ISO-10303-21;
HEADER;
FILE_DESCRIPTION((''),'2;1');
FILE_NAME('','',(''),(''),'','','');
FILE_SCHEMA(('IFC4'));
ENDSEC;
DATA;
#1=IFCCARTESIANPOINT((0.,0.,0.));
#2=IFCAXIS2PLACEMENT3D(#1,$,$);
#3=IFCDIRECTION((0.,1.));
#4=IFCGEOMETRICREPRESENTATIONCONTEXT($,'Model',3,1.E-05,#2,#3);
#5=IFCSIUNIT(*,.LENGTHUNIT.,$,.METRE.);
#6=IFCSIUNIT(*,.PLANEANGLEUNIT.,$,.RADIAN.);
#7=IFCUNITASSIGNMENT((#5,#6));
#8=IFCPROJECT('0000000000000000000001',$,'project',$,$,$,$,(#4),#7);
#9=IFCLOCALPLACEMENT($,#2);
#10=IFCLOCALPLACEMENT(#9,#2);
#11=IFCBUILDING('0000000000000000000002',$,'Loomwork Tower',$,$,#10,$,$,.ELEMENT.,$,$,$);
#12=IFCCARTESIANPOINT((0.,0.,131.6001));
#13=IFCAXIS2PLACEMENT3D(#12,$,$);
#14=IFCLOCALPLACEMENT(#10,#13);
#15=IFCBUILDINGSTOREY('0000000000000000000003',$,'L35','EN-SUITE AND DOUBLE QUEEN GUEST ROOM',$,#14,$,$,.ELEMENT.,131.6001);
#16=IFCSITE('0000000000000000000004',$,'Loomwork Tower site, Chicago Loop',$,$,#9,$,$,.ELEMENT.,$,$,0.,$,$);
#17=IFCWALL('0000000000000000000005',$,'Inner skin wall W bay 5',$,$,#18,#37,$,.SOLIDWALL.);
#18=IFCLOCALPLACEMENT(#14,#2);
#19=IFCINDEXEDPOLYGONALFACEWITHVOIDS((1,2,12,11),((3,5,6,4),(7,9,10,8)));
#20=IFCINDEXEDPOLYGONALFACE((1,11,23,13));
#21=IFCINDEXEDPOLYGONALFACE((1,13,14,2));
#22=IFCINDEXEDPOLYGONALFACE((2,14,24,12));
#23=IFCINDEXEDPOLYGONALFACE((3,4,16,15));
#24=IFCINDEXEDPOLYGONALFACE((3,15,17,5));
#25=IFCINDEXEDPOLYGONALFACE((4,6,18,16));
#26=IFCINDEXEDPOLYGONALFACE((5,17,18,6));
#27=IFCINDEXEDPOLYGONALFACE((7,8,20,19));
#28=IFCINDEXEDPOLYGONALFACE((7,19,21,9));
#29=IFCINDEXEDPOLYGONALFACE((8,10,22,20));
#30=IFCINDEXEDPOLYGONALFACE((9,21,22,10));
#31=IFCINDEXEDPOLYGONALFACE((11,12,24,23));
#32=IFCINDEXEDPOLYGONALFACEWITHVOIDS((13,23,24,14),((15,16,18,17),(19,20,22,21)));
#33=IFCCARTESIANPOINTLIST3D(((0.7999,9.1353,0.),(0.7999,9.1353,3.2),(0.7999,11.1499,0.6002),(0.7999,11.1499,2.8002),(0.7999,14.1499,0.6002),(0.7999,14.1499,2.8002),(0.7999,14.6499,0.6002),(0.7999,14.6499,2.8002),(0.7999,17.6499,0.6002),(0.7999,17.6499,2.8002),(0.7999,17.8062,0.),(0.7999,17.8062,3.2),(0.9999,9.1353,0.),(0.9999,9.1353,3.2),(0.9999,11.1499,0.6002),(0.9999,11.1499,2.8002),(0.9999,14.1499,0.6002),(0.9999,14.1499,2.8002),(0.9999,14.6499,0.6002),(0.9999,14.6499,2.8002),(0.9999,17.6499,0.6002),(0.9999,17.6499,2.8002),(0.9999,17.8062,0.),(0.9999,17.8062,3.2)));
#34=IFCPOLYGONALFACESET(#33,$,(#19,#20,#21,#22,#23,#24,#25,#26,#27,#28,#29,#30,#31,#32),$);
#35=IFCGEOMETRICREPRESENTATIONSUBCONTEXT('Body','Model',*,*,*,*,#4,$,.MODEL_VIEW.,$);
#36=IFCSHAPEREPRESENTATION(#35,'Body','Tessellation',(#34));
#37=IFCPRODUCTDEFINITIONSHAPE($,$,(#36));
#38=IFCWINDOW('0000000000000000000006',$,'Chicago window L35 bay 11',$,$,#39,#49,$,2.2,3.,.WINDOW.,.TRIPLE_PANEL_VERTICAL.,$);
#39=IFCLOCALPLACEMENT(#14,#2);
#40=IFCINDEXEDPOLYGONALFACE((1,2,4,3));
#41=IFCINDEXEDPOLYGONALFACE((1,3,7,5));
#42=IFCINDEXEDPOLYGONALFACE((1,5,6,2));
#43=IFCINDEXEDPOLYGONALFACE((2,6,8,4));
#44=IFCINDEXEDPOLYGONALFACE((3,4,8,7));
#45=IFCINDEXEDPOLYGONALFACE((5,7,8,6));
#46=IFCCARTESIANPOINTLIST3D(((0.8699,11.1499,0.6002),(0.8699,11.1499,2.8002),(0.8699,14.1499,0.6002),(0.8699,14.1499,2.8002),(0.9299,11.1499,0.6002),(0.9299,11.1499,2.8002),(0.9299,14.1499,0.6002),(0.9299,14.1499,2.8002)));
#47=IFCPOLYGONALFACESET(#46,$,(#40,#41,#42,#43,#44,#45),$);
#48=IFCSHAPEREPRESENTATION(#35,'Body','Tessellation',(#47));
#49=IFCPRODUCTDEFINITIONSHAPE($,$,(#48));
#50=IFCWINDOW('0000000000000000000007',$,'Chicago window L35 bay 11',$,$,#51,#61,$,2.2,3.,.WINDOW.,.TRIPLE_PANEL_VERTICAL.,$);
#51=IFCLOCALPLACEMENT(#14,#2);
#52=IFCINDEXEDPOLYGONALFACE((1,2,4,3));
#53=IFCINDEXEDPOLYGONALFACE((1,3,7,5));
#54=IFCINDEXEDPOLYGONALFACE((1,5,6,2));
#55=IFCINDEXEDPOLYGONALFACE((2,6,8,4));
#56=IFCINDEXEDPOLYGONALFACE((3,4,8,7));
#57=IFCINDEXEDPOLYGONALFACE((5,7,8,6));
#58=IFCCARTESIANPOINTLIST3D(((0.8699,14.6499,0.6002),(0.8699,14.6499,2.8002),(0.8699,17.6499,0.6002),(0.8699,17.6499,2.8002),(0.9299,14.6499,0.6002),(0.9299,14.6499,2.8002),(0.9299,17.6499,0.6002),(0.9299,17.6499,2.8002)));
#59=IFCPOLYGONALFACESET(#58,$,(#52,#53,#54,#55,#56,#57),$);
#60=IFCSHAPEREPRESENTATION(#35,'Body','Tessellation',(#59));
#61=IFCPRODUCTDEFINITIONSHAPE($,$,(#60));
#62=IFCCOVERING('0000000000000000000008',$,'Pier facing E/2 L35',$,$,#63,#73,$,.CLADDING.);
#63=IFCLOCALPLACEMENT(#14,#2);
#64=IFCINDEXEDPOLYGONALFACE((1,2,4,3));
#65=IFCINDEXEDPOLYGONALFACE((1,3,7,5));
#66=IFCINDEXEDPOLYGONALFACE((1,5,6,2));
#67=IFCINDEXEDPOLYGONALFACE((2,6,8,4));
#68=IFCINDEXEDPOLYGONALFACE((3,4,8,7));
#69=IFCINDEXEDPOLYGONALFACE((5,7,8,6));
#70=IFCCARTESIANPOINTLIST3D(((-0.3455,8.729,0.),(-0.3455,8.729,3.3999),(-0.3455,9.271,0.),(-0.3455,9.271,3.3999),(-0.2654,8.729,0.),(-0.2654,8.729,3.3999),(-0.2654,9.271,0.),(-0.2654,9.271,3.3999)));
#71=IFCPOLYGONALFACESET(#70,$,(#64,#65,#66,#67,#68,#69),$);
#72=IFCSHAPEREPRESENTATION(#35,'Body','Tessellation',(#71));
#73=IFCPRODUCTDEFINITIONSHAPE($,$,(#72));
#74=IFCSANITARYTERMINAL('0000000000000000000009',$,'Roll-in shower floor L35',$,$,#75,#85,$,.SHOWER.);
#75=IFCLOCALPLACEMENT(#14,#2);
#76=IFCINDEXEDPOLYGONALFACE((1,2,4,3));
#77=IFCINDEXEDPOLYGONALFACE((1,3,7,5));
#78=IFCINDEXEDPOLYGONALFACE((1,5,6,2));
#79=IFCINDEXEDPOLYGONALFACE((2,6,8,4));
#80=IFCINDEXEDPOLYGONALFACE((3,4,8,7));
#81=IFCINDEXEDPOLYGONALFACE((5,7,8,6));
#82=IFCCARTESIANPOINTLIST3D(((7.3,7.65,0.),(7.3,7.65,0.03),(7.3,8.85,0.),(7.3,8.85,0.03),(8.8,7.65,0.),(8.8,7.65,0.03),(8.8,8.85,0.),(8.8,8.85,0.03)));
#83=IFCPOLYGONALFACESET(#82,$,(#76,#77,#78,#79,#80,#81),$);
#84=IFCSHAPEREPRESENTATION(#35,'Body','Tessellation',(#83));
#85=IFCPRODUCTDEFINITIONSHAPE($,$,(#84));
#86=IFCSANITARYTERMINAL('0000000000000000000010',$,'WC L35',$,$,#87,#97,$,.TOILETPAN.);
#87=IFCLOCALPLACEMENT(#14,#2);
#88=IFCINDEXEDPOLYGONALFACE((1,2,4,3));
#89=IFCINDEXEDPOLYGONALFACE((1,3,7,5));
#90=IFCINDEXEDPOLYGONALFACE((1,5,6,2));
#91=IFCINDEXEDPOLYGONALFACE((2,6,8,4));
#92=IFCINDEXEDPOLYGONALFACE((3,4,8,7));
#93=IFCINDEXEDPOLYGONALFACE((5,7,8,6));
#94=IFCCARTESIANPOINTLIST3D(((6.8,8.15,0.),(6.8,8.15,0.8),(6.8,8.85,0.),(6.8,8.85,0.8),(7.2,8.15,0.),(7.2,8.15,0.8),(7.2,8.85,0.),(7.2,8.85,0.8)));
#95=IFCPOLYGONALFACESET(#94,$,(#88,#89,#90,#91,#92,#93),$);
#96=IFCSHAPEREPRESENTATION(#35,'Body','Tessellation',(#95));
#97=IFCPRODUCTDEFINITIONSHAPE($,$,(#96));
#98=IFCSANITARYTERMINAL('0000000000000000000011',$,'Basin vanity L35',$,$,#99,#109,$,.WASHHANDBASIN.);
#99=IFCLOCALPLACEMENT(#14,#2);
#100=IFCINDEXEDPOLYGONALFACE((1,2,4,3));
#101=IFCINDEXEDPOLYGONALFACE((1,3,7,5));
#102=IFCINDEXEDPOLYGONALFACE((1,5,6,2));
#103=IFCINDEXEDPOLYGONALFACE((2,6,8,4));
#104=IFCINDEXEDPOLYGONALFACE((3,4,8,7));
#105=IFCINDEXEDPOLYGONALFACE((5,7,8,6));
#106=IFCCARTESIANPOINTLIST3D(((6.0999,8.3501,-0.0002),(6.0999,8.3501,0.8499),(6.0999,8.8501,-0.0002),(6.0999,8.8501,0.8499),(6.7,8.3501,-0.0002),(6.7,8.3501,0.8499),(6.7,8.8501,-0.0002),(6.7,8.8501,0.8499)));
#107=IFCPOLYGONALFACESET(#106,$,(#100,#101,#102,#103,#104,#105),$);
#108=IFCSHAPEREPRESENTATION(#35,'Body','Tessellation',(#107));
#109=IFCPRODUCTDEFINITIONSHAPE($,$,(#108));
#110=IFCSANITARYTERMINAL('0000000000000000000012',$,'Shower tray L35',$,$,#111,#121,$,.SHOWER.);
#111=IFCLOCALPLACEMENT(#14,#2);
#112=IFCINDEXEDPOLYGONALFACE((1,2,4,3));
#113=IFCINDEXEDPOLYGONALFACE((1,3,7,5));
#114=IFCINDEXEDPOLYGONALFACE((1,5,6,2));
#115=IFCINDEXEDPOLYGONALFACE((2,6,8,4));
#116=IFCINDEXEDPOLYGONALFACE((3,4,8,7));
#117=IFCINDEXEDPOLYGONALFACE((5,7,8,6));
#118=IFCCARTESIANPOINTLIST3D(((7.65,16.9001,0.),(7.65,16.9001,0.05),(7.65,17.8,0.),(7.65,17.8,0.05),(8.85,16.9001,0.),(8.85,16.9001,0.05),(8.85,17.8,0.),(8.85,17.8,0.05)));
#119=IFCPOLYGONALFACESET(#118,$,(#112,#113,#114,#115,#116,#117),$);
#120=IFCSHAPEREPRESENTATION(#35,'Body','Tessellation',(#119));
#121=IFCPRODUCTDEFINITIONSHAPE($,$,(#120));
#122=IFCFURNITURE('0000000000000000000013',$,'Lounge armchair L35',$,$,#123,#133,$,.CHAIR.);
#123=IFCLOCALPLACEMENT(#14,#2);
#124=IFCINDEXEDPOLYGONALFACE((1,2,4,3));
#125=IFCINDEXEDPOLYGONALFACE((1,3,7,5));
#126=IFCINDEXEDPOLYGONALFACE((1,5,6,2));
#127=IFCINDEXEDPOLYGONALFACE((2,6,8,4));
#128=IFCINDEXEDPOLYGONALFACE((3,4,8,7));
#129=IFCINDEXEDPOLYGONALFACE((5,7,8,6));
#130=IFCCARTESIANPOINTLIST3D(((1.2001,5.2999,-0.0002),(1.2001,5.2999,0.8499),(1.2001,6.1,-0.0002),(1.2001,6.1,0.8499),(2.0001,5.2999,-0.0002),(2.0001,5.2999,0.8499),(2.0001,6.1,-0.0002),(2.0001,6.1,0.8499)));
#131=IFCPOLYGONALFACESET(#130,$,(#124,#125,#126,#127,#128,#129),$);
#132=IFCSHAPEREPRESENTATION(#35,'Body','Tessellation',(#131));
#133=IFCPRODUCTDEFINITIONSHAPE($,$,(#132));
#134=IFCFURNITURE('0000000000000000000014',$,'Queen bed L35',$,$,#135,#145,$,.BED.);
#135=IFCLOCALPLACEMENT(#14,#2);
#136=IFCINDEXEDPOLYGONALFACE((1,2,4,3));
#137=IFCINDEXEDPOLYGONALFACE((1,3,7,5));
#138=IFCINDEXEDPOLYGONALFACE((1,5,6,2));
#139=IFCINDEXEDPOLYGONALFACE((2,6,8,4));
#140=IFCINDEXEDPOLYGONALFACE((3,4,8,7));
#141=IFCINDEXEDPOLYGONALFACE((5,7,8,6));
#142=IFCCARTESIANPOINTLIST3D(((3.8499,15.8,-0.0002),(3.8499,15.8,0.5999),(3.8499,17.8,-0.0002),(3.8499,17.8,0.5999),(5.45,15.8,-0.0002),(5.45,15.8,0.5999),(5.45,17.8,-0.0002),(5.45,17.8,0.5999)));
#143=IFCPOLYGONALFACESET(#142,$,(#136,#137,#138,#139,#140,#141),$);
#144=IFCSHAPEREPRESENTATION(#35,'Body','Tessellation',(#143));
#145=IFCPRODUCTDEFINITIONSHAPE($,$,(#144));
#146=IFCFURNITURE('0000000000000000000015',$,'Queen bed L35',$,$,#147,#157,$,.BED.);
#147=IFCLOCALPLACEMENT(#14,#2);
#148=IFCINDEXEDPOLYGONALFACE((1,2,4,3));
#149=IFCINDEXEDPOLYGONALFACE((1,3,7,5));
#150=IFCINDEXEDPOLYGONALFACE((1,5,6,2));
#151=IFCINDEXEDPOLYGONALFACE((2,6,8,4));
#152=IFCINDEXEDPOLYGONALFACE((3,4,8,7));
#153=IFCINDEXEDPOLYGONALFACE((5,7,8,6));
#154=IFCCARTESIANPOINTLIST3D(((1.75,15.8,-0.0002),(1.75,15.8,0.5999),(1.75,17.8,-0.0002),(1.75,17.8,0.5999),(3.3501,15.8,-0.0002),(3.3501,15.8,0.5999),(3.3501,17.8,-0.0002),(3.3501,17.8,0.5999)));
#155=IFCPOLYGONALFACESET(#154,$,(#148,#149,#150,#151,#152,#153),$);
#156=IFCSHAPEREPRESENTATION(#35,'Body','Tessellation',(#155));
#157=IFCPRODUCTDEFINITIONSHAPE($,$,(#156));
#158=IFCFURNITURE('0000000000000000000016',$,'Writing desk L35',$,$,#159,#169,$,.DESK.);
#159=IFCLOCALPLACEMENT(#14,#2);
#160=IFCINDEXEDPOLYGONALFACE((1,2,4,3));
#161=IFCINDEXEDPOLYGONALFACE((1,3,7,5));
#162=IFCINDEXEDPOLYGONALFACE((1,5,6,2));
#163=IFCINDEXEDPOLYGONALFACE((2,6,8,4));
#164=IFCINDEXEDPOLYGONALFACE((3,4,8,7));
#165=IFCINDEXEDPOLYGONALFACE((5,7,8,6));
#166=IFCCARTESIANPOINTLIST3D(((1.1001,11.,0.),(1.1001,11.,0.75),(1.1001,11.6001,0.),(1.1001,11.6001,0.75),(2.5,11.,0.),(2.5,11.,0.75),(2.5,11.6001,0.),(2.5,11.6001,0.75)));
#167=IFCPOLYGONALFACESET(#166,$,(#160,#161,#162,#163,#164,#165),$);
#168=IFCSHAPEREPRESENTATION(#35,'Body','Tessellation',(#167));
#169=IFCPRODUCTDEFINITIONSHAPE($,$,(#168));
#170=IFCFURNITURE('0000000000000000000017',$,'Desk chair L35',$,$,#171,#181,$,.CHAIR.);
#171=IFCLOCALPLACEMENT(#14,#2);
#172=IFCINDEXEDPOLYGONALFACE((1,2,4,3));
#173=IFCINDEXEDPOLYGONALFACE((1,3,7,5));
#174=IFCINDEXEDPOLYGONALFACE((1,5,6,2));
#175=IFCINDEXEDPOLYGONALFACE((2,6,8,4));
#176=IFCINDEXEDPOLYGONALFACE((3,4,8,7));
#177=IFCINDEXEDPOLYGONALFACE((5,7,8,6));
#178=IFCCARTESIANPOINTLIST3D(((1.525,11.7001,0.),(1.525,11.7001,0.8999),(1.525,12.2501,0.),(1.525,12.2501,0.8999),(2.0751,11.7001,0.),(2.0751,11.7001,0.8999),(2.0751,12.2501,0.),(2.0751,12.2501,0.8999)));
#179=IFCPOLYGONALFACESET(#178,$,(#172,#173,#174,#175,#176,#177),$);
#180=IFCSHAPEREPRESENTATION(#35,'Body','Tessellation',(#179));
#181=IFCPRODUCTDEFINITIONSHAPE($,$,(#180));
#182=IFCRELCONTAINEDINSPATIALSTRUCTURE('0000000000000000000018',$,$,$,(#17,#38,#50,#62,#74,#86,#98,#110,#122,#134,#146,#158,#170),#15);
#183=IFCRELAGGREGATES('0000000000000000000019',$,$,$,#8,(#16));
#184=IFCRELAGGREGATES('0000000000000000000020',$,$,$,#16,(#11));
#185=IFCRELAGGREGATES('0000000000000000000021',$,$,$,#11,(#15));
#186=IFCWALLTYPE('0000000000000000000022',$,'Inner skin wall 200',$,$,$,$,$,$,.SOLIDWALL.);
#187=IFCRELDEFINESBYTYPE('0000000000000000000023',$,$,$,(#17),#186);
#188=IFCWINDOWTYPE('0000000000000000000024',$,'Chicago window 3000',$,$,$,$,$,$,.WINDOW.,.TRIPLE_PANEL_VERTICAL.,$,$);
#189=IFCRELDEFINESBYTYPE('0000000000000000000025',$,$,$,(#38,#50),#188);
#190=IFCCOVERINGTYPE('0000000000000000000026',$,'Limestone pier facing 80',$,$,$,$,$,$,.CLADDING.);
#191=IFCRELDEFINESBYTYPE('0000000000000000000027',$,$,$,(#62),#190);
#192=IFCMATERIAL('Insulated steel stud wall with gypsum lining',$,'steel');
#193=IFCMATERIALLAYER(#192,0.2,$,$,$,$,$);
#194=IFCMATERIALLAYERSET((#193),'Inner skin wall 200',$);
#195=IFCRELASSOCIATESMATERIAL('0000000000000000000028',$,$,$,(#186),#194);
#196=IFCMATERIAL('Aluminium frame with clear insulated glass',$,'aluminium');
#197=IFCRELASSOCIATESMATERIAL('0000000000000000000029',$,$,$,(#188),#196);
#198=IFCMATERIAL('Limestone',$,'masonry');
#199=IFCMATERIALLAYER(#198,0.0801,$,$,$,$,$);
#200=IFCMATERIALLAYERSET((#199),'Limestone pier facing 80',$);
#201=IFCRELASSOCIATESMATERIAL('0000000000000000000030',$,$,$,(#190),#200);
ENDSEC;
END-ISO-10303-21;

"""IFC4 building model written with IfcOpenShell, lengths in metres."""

from ifc_helpers import new_model, si_unit, direction, frame, frame_2d, origin, origin_2d, place, context, subcontext, project, spatial, rectangle, extrude, material, layer, layer_set, type_object, element, fill, save


model = new_model("IFC4")

# Units and contexts
model_context = context("Model", 3, precision=1e-05, world=origin(), true_north=direction((0.0, 1.0)))
body_context = subcontext(model_context, "Body", "Model", "MODEL_VIEW")
ifc_project = project(units=[si_unit("LENGTHUNIT", "METRE"), si_unit("PLANEANGLEUNIT", "RADIAN")], contexts=[model_context])

# Site, building, storey
site_placement = place(None, origin())
site = spatial("IfcSite", under=ifc_project, at=site_placement, Name="Loomwork Tower site, Chicago Loop", CompositionType="ELEMENT", RefElevation=0.0)
building_placement = place(site_placement, origin())
building = spatial("IfcBuilding", under=site, at=building_placement, Name="Loomwork Tower", CompositionType="ELEMENT")
storey_placement = place(building_placement, frame((0.0, 0.0, 131.6001)))
storey = spatial("IfcBuildingStorey", under=building, at=storey_placement, Name="L35", Description="EN-SUITE AND DOUBLE QUEEN GUEST ROOM", CompositionType="ELEMENT", Elevation=131.6001)

# Shared definitions
ifc_material_1 = material(Name="Insulated steel stud wall with gypsum lining", Category="steel")
ifc_layer_1 = layer(ifc_material_1, 0.2)
ifc_layer_set_1 = layer_set([ifc_layer_1], Name="Inner skin wall 200")
wall_type_1 = type_object("IfcWallType", Name="Inner skin wall 200", PredefinedType="SOLIDWALL", material=ifc_layer_set_1)

# Wall, openings, windows
wall_1_placement = place(storey_placement, frame((0.8999, 9.1353, 0.0), z_axis=(0.0, 0.0, 1.0), x_axis=(0.0, 1.0, 0.0)))
wall_1 = element("IfcWall", 1, at=wall_1_placement, inside=storey, type_object=wall_type_1, Name="Inner skin wall W bay 5", PredefinedType="SOLIDWALL", context=body_context, shape_type="SweptSolid", body=[
    extrude(rectangle(XDim=8.6709, YDim=0.2, at=frame_2d((4.3354, 0.0))), origin(), (0.0, 0.0, 1.0), 3.2),
])
opening_1_placement = place(wall_1_placement, frame((2.0146, 0.0, 0.6001)))
opening_1 = element("IfcOpeningElement", 2, at=opening_1_placement, cuts=wall_1, PredefinedType="OPENING", context=body_context, shape_type="SweptSolid", body=[
    extrude(rectangle(XDim=3.0, YDim=2.2, at=frame_2d((1.5, 1.1001))), frame((0.0, 0.1099, 0.0), z_axis=(0.0, -1.0, 0.0), x_axis=(1.0, 0.0, 0.0)), (0.0, 0.0, 1.0), 0.22),
])
opening_2_placement = place(wall_1_placement, frame((5.5146, 0.0, 0.6001)))
opening_2 = element("IfcOpeningElement", 3, at=opening_2_placement, cuts=wall_1, PredefinedType="OPENING", context=body_context, shape_type="SweptSolid", body=[
    extrude(rectangle(XDim=3.0, YDim=2.2, at=frame_2d((1.5, 1.1001))), frame((0.0, 0.1099, 0.0), z_axis=(0.0, -1.0, 0.0), x_axis=(1.0, 0.0, 0.0)), (0.0, 0.0, 1.0), 0.22),
])
ifc_material_2 = material(Name="Aluminium frame with clear insulated glass", Category="aluminium")
window_type = type_object("IfcWindowType", Name="Chicago window 3000", PartitioningType="TRIPLE_PANEL_VERTICAL", PredefinedType="WINDOW", material=ifc_material_2)
window_1_placement = place(opening_1_placement, origin())
window_1 = element("IfcWindow", 4, at=window_1_placement, inside=storey, type_object=window_type, Name="Chicago window L35 bay 11", OverallHeight=2.2, OverallWidth=3.0, PartitioningType="TRIPLE_PANEL_VERTICAL", PredefinedType="WINDOW", context=body_context, shape_type="SweptSolid", body=[
    extrude(rectangle(XDim=3.0, YDim=2.2, at=frame_2d((1.5, 1.1001))), frame((0.0, 0.03, 0.0), z_axis=(0.0, -1.0, 0.0), x_axis=(1.0, 0.0, 0.0)), (0.0, 0.0, 1.0), 0.0601),
])
fill(opening_1, window_1)
window_2_placement = place(opening_2_placement, origin())
window_2 = element("IfcWindow", 5, at=window_2_placement, inside=storey, type_object=window_type, Name="Chicago window L35 bay 11", OverallHeight=2.2, OverallWidth=3.0, PartitioningType="TRIPLE_PANEL_VERTICAL", PredefinedType="WINDOW", context=body_context, shape_type="SweptSolid", body=[
    extrude(rectangle(XDim=3.0, YDim=2.2, at=frame_2d((1.5, 1.1001))), frame((0.0, 0.03, 0.0), z_axis=(0.0, -1.0, 0.0), x_axis=(1.0, 0.0, 0.0)), (0.0, 0.0, 1.0), 0.0601),
])
fill(opening_2, window_2)

# Covering
ifc_material_3 = material(Name="Limestone", Category="masonry")
ifc_layer_2 = layer(ifc_material_3, 0.0801)
ifc_layer_set_2 = layer_set([ifc_layer_2], Name="Limestone pier facing 80")
covering_type = type_object("IfcCoveringType", Name="Limestone pier facing 80", PredefinedType="CLADDING", material=ifc_layer_set_2)
covering_placement = place(storey_placement, frame((-0.3054, 9.0, 0.0), z_axis=(0.0, 0.0, 1.0), x_axis=(1.0, 0.0, 0.0)))
element("IfcCovering", 6, at=covering_placement, inside=storey, type_object=covering_type, Name="Pier facing E/2 L35", PredefinedType="CLADDING", context=body_context, shape_type="SweptSolid", body=[
    extrude(rectangle(XDim=0.0801, YDim=0.542, at=origin_2d()), origin(), (0.0, 0.0, 1.0), 3.3999),
])

# Sanitary terminals
sanitary_terminal_1_placement = place(storey_placement, frame((8.05, 8.25, 0.0), z_axis=(0.0, 0.0, 1.0), x_axis=(1.0, 0.0, 0.0)))
element("IfcSanitaryTerminal", 7, at=sanitary_terminal_1_placement, inside=storey, Name="Roll-in shower floor L35", PredefinedType="SHOWER", context=body_context, shape_type="SweptSolid", body=[
    extrude(rectangle(XDim=1.5, YDim=1.2, at=origin_2d()), origin(), (0.0, 0.0, 1.0), 0.03),
])
sanitary_terminal_2_placement = place(storey_placement, frame((7.0, 8.5, 0.0), z_axis=(0.0, 0.0, 1.0), x_axis=(1.0, 0.0, 0.0)))
element("IfcSanitaryTerminal", 8, at=sanitary_terminal_2_placement, inside=storey, Name="WC L35", PredefinedType="TOILETPAN", context=body_context, shape_type="SweptSolid", body=[
    extrude(rectangle(XDim=0.3999, YDim=0.7, at=origin_2d()), origin(), (0.0, 0.0, 1.0), 0.8),
])
sanitary_terminal_3_placement = place(storey_placement, frame((6.3999, 8.6001, -0.0002), z_axis=(0.0, 0.0, 1.0), x_axis=(1.0, 0.0, 0.0)))
element("IfcSanitaryTerminal", 9, at=sanitary_terminal_3_placement, inside=storey, Name="Basin vanity L35", PredefinedType="WASHHANDBASIN", context=body_context, shape_type="SweptSolid", body=[
    extrude(rectangle(XDim=0.6001, YDim=0.5, at=origin_2d()), origin(), (0.0, 0.0, 1.0), 0.8501),
])
sanitary_terminal_4_placement = place(storey_placement, frame((8.25, 17.3501, 0.0), z_axis=(0.0, 0.0, 1.0), x_axis=(1.0, 0.0, 0.0)))
element("IfcSanitaryTerminal", 10, at=sanitary_terminal_4_placement, inside=storey, Name="Shower tray L35", PredefinedType="SHOWER", context=body_context, shape_type="SweptSolid", body=[
    extrude(rectangle(XDim=1.2, YDim=0.8999, at=origin_2d()), origin(), (0.0, 0.0, 1.0), 0.05),
])

# Furniture
furniture_1_placement = place(storey_placement, frame((1.6001, 5.7, -0.0002), z_axis=(0.0, 0.0, 1.0), x_axis=(1.0, 0.0, 0.0)))
element("IfcFurniture", 11, at=furniture_1_placement, inside=storey, Name="Lounge armchair L35", PredefinedType="CHAIR", context=body_context, shape_type="SweptSolid", body=[
    extrude(rectangle(XDim=0.8, YDim=0.8, at=origin_2d()), origin(), (0.0, 0.0, 1.0), 0.8501),
])
for number, where, z_axis, x_axis, name in (
    (12, (4.6499, 16.8, -0.0002), (0.0, 0.0, 1.0), (1.0, 0.0, 0.0), "Queen bed L35"),
    (13, (2.55, 16.8, -0.0002), (0.0, 0.0, 1.0), (1.0, 0.0, 0.0), "Queen bed L35"),
):
    element("IfcFurniture", number, at=place(storey_placement, frame(where, z_axis=z_axis, x_axis=x_axis)), inside=storey, Name=name, PredefinedType="BED", context=body_context, shape_type="SweptSolid", body=[
        extrude(rectangle(XDim=1.6001, YDim=2.0, at=origin_2d()), origin(), (0.0, 0.0, 1.0), 0.6001),
    ])
furniture_2_placement = place(storey_placement, frame((1.8, 11.3, 0.0), z_axis=(0.0, 0.0, 1.0), x_axis=(1.0, 0.0, 0.0)))
element("IfcFurniture", 14, at=furniture_2_placement, inside=storey, Name="Writing desk L35", PredefinedType="DESK", context=body_context, shape_type="SweptSolid", body=[
    extrude(rectangle(XDim=1.3999, YDim=0.6001, at=origin_2d()), origin(), (0.0, 0.0, 1.0), 0.75),
])
furniture_3_placement = place(storey_placement, frame((1.8, 11.9751, 0.0), z_axis=(0.0, 0.0, 1.0), x_axis=(1.0, 0.0, 0.0)))
element("IfcFurniture", 15, at=furniture_3_placement, inside=storey, Name="Desk chair L35", PredefinedType="CHAIR", context=body_context, shape_type="SweptSolid", body=[
    extrude(rectangle(XDim=0.55, YDim=0.55, at=origin_2d()), origin(), (0.0, 0.0, 1.0), 0.8999),
])

save(model, "model.ifc")
